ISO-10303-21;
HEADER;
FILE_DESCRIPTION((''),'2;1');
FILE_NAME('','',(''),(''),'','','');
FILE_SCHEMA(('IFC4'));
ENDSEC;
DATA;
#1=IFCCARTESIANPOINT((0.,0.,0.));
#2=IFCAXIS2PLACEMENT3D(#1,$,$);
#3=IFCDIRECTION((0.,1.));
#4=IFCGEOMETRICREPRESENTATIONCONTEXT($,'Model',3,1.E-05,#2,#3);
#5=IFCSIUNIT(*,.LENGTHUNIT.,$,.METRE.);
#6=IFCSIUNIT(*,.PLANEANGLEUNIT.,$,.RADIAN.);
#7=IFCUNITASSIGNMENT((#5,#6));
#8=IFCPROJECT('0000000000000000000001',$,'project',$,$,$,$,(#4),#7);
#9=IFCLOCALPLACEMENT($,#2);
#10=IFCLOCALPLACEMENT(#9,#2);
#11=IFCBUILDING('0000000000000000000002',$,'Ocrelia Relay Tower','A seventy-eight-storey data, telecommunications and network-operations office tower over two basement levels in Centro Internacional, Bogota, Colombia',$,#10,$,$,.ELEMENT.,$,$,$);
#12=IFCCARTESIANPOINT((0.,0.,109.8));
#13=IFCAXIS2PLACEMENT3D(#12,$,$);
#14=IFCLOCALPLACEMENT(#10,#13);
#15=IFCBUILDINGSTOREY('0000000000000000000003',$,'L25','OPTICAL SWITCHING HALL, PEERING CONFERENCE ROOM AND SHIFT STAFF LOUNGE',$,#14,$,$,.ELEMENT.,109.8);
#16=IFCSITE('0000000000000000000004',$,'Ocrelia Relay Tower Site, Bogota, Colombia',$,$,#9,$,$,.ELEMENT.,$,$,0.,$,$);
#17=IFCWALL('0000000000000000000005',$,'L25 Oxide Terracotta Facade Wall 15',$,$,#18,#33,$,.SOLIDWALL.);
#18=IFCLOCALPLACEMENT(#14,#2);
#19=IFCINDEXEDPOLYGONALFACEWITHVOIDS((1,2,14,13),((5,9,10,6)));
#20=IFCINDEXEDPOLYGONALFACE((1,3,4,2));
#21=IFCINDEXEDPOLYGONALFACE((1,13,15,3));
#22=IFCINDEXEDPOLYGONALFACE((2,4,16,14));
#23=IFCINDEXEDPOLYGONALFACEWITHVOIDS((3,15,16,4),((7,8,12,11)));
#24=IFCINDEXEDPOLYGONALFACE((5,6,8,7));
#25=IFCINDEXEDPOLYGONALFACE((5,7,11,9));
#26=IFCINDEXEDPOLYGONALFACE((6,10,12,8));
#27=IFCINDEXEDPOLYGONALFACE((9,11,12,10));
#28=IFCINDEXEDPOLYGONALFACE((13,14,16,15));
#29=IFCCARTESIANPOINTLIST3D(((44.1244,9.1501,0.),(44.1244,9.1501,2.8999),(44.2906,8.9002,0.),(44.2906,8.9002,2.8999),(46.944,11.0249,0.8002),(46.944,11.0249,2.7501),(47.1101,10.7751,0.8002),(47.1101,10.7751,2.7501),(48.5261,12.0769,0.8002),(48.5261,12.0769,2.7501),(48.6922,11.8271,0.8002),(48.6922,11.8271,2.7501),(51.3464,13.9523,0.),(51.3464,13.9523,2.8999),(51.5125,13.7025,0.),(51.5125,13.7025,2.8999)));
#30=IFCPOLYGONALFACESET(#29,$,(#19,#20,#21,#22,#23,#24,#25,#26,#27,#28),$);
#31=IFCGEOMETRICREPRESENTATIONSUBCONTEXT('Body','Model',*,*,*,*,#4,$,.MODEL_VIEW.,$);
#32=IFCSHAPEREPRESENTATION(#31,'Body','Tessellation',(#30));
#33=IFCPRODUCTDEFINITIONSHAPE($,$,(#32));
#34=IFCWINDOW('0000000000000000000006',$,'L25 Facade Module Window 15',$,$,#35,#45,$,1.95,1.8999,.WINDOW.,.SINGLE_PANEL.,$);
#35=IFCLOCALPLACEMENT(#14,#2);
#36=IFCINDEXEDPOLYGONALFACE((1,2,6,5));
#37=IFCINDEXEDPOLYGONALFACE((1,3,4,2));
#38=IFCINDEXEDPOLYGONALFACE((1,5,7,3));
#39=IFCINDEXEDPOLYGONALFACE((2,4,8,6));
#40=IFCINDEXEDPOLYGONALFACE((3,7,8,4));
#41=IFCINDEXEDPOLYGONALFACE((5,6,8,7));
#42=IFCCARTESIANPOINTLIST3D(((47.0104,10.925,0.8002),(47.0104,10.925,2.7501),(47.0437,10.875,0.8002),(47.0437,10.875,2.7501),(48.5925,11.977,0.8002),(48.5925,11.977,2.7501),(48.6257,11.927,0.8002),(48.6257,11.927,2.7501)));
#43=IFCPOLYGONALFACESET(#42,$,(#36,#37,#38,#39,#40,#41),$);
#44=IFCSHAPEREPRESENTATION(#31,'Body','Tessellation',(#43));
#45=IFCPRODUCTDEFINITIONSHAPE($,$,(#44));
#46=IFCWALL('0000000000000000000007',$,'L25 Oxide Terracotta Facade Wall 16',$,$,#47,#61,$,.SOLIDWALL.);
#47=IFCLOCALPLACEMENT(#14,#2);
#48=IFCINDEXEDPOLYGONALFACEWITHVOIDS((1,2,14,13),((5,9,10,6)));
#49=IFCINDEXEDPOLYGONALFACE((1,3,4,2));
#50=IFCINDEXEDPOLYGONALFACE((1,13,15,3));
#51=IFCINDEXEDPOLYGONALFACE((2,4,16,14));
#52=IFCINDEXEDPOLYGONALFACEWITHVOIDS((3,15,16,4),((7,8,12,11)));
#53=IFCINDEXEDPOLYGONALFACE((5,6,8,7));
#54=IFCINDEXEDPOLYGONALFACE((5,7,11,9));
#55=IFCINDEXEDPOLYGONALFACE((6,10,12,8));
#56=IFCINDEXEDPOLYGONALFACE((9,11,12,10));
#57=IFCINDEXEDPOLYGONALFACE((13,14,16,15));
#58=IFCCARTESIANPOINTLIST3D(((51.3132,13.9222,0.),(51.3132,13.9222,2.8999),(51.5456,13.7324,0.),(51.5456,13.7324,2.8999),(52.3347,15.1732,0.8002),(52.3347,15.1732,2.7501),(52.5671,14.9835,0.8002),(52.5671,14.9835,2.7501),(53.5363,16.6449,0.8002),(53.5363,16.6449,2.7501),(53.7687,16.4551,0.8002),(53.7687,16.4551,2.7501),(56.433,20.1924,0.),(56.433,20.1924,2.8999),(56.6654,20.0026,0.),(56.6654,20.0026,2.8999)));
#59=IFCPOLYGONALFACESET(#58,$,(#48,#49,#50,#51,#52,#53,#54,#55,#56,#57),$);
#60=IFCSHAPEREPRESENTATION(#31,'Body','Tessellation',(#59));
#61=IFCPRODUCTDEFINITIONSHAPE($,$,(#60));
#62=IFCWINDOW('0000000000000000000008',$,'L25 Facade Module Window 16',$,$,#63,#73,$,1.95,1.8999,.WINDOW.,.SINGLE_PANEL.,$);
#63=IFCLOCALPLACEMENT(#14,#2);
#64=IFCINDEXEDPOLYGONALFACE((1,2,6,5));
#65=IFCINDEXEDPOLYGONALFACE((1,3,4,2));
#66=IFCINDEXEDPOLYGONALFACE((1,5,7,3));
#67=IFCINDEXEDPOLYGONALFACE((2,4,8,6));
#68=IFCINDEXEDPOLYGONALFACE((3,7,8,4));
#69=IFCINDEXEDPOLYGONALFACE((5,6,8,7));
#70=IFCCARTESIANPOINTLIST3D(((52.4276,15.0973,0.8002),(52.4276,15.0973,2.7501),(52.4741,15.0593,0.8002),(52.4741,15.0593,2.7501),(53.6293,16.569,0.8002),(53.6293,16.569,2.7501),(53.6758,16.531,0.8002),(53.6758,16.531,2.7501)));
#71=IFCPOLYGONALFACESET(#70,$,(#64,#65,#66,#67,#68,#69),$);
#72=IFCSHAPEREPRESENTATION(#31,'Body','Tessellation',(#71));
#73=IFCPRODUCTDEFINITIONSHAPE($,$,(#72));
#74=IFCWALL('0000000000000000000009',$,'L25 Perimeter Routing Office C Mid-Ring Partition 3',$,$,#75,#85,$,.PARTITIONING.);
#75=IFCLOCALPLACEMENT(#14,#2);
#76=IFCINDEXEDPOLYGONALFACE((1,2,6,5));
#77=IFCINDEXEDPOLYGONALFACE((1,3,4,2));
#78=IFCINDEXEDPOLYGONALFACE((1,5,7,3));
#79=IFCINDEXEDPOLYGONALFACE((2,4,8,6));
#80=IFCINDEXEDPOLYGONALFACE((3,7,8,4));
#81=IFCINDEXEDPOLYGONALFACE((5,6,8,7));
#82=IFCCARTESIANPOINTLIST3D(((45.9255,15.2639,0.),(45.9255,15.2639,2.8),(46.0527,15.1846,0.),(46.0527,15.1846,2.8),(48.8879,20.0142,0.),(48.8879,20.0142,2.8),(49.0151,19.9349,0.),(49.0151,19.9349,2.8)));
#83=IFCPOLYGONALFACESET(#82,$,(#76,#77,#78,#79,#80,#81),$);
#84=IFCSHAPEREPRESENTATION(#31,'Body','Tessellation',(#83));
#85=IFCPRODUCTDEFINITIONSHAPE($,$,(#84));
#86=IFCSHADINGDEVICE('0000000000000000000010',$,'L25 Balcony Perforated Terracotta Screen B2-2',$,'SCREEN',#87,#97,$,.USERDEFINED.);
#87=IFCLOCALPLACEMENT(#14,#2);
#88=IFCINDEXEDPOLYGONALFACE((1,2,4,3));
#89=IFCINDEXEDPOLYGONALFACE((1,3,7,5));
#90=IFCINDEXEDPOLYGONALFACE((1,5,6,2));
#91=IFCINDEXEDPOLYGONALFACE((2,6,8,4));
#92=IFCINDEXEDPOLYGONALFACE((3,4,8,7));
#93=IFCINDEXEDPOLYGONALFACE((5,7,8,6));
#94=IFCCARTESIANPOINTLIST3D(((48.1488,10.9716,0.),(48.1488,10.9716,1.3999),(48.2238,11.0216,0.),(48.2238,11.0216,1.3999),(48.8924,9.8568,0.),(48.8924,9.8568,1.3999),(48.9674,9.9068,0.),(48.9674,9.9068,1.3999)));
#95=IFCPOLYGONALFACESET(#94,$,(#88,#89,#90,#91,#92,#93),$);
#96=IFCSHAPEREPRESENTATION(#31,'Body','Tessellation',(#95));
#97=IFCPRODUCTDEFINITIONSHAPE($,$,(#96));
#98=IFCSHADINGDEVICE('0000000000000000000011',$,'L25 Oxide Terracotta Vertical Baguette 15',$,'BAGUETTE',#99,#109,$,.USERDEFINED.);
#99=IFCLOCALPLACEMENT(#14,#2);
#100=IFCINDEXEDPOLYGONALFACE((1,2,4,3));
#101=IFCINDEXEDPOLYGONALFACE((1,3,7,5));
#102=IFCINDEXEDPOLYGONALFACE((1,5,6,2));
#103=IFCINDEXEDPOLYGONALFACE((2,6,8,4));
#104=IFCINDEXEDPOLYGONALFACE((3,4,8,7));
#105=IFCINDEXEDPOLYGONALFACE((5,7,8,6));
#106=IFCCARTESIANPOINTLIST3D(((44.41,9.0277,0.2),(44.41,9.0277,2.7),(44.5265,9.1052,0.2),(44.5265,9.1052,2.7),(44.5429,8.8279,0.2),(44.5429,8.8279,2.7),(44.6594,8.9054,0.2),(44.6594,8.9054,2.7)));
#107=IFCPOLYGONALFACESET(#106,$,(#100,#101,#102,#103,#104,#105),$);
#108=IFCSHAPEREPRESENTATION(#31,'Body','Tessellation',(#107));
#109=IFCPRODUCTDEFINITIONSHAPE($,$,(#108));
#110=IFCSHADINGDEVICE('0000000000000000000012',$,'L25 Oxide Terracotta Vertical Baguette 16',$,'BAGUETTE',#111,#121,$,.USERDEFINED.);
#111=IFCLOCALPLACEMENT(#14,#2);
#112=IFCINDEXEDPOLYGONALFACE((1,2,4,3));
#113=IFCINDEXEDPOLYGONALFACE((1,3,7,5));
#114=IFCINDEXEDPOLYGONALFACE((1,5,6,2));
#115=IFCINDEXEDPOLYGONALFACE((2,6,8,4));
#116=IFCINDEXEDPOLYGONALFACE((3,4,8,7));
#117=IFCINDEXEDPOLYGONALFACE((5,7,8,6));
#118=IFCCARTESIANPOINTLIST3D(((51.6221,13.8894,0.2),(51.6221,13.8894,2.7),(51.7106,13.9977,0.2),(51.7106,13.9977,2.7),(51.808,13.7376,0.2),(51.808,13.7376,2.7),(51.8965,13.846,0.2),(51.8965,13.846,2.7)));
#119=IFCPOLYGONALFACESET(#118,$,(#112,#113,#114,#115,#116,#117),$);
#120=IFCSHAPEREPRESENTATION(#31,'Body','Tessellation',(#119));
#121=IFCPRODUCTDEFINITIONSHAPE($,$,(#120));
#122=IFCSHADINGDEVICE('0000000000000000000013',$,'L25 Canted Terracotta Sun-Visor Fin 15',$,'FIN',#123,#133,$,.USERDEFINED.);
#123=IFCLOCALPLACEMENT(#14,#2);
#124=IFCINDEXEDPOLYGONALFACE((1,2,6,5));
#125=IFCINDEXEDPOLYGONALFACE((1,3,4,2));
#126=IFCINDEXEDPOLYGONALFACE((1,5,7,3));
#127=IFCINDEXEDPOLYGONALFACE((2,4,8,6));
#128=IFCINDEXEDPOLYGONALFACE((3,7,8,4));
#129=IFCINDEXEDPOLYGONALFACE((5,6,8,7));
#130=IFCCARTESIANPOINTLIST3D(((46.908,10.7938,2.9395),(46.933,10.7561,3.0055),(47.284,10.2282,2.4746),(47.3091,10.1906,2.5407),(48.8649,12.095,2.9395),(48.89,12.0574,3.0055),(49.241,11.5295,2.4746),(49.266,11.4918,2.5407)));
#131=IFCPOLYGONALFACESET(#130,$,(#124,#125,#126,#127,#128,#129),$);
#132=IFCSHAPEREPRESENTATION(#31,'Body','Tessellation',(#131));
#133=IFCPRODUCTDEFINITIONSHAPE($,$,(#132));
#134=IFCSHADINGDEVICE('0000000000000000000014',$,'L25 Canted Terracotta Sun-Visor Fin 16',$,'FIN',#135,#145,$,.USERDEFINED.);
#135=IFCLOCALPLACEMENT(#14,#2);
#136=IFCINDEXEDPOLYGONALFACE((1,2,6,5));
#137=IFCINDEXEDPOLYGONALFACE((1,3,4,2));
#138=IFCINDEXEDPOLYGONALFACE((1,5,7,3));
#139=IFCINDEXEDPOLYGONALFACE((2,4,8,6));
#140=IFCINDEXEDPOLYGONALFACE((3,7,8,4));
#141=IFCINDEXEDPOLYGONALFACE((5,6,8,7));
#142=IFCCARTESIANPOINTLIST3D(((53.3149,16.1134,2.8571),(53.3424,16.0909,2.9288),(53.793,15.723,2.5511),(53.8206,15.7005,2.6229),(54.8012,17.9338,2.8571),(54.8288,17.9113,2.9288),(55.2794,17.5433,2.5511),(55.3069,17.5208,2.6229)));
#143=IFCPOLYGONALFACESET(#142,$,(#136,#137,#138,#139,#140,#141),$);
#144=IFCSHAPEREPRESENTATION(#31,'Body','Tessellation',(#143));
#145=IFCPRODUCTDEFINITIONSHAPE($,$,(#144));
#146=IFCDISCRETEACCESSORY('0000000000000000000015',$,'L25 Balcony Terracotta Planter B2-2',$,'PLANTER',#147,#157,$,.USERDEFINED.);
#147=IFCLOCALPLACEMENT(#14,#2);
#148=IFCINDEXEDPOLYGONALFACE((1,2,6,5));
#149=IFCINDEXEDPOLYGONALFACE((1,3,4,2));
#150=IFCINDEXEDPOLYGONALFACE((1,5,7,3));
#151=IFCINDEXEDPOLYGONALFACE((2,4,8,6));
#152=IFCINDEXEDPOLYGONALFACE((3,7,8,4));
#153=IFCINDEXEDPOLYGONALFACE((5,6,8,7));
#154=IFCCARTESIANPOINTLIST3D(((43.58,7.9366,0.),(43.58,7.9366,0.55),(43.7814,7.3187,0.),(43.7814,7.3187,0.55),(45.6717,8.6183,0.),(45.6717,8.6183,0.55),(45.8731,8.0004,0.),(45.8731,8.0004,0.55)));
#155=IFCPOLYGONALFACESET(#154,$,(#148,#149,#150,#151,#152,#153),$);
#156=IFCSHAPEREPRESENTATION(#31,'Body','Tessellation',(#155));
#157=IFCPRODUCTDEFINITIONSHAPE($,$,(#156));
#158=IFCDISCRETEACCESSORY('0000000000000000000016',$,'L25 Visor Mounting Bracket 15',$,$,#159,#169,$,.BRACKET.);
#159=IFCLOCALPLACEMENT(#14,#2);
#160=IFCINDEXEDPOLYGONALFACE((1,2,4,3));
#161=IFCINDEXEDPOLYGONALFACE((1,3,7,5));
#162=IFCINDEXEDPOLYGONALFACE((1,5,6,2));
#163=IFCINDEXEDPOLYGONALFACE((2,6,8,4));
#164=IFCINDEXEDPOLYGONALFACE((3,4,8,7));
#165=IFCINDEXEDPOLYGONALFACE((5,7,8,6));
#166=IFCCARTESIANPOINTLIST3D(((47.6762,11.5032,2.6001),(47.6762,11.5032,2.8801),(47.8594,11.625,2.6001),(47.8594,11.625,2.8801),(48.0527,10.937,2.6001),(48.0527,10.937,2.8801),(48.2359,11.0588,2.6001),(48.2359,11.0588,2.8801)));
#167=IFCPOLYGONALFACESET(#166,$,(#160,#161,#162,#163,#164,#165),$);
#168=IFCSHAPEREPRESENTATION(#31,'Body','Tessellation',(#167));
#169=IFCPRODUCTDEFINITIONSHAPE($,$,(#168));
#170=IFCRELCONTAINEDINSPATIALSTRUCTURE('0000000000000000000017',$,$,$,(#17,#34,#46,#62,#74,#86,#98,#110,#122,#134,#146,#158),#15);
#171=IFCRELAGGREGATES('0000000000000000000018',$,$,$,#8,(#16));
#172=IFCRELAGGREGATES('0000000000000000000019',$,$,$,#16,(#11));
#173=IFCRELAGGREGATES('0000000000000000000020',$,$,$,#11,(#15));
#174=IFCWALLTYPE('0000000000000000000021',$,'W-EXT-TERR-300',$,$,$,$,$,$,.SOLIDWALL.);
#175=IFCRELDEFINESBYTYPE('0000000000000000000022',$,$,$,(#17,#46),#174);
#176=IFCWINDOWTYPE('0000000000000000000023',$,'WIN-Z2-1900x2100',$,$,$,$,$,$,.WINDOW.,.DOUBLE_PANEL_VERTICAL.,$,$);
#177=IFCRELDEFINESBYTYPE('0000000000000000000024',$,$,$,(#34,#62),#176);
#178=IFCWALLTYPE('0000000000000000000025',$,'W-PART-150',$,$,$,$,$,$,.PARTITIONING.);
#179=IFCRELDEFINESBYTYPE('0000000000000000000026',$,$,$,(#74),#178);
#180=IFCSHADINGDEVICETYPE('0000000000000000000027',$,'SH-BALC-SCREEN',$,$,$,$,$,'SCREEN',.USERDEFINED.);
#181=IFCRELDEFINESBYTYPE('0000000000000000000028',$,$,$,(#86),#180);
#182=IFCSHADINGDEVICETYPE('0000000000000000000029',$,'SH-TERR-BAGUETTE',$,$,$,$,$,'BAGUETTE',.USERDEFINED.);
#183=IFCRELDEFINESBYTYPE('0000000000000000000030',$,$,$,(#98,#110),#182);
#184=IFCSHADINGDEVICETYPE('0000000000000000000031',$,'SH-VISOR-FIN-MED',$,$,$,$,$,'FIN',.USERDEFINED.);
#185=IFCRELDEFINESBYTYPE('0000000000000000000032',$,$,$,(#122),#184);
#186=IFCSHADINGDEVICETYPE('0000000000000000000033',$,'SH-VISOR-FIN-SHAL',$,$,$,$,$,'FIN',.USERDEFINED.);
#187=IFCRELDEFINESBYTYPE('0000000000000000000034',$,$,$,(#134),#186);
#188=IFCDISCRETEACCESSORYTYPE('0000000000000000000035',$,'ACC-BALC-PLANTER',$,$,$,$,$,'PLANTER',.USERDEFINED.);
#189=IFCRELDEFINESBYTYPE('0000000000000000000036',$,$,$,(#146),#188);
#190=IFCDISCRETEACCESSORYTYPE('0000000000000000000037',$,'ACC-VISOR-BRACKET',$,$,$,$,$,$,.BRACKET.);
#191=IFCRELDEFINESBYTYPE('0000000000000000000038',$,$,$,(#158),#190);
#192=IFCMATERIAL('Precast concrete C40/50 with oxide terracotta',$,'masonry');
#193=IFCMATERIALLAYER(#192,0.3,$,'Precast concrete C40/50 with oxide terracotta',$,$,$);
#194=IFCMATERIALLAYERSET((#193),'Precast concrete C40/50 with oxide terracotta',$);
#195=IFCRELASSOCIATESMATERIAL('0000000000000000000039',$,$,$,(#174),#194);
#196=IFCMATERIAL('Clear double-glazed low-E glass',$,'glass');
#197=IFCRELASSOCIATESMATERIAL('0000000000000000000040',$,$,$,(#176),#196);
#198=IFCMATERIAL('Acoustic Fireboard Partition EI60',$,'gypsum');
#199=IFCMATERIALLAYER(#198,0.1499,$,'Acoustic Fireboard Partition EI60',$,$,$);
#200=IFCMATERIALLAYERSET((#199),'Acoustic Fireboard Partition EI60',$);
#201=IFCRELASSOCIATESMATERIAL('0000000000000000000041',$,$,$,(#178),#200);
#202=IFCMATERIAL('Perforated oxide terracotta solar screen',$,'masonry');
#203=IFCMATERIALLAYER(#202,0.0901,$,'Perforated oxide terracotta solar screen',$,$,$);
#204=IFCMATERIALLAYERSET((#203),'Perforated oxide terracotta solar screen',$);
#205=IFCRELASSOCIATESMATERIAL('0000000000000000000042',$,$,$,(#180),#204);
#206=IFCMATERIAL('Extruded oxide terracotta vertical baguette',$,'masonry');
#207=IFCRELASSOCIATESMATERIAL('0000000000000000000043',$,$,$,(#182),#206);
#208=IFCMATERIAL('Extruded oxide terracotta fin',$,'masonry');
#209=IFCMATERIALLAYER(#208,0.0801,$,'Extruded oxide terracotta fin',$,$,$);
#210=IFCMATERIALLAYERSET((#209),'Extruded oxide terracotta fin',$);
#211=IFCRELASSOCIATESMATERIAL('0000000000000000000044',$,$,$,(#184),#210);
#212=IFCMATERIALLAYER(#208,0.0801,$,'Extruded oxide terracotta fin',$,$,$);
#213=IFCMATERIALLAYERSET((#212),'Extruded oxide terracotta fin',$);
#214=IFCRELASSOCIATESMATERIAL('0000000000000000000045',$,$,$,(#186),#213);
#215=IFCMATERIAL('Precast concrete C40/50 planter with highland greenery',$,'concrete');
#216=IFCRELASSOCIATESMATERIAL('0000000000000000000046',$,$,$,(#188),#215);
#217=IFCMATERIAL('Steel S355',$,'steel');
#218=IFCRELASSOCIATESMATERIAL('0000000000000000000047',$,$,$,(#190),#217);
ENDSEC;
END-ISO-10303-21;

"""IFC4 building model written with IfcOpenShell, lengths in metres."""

from ifc_helpers import new_model, si_unit, direction, frame, frame_2d, origin, origin_2d, place, context, subcontext, project, spatial, rectangle, extrude, material, layer, layer_set, type_object, element, fill, save


model = new_model("IFC4")

# Units and contexts
model_context = context("Model", 3, precision=1e-05, world=origin(), true_north=direction((0.0, 1.0)))
body_context = subcontext(model_context, "Body", "Model", "MODEL_VIEW")
ifc_project = project(units=[si_unit("LENGTHUNIT", "METRE"), si_unit("PLANEANGLEUNIT", "RADIAN")], contexts=[model_context])

# Site, building, storey
site_placement = place(None, origin())
site = spatial("IfcSite", under=ifc_project, at=site_placement, Name="Ocrelia Relay Tower Site, Bogota, Colombia", CompositionType="ELEMENT", RefElevation=0.0)
building_placement = place(site_placement, origin())
building = spatial("IfcBuilding", under=site, at=building_placement, Name="Ocrelia Relay Tower", Description="A seventy-eight-storey data, telecommunications and network-operations office tower over two basement levels in Centro Internacional, Bogota, Colombia", CompositionType="ELEMENT")
storey_placement = place(building_placement, frame((0.0, 0.0, 109.8)))
storey = spatial("IfcBuildingStorey", under=building, at=storey_placement, Name="L25", Description="OPTICAL SWITCHING HALL, PEERING CONFERENCE ROOM AND SHIFT STAFF LOUNGE", CompositionType="ELEMENT", Elevation=109.8)

# Shared definitions
ifc_material_1 = material(Name="Steel S355", Category="steel")

# Walls, openings, windows
ifc_material_2 = material(Name="Precast concrete C40/50 with oxide terracotta", Category="masonry")
ifc_layer_1 = layer(ifc_material_2, 0.3, Name="Precast concrete C40/50 with oxide terracotta")
ifc_layer_set_1 = layer_set([ifc_layer_1], Name="Precast concrete C40/50 with oxide terracotta")
wall_type_1 = type_object("IfcWallType", Name="W-EXT-TERR-300", PredefinedType="SOLIDWALL", material=ifc_layer_set_1)
wall_1_placement = place(storey_placement, frame((44.2075, 9.0251, 0.0), z_axis=(0.0, 0.0, 1.0), x_axis=(0.832708, 0.553712, 0.0)))
wall_1 = element("IfcWall", 1, at=wall_1_placement, inside=storey, type_object=wall_type_1, Name="L25 Oxide Terracotta Facade Wall 15", PredefinedType="SOLIDWALL", context=body_context, shape_type="SweptSolid", body=[
    extrude(rectangle(XDim=8.6729, YDim=0.3, at=frame_2d((4.3364, 0.0))), origin(), (0.0, 0.0, 1.0), 2.8999),
])
opening_1_placement = place(wall_1_placement, frame((3.386, 0.0, 0.8)))
opening_1 = element("IfcOpeningElement", 2, at=opening_1_placement, cuts=wall_1, PredefinedType="OPENING", context=body_context, shape_type="SweptSolid", body=[
    extrude(rectangle(XDim=1.8999, YDim=1.95, at=frame_2d((0.95, 0.9751))), frame((0.0, 0.1602, 0.0), z_axis=(0.0, -1.0, 0.0), x_axis=(1.0, 0.0, 0.0)), (0.0, 0.0, 1.0), 0.3201),
])
ifc_material_3 = material(Name="Clear double-glazed low-E glass", Category="glass")
window_type = type_object("IfcWindowType", Name="WIN-Z2-1900x2100", PartitioningType="DOUBLE_PANEL_VERTICAL", PredefinedType="WINDOW", material=ifc_material_3)
window_1_placement = place(opening_1_placement, origin())
window_1 = element("IfcWindow", 3, at=window_1_placement, inside=storey, type_object=window_type, Name="L25 Facade Module Window 15", OverallHeight=1.95, OverallWidth=1.8999, PartitioningType="SINGLE_PANEL", PredefinedType="WINDOW", context=body_context, shape_type="SweptSolid", body=[
    extrude(rectangle(XDim=1.8999, YDim=1.95, at=frame_2d((0.95, 0.9751))), frame((0.0, 0.03, 0.0), z_axis=(0.0, -1.0, 0.0), x_axis=(1.0, 0.0, 0.0)), (0.0, 0.0, 1.0), 0.0601),
])
fill(opening_1, window_1)
wall_2_placement = place(storey_placement, frame((51.4294, 13.8274, 0.0), z_axis=(0.0, 0.0, 1.0), x_axis=(0.632472, 0.774583, 0.0)))
wall_2 = element("IfcWall", 4, at=wall_2_placement, inside=storey, type_object=wall_type_1, Name="L25 Oxide Terracotta Facade Wall 16", PredefinedType="SOLIDWALL", context=body_context, shape_type="SweptSolid", body=[
    extrude(rectangle(XDim=8.095, YDim=0.3, at=frame_2d((4.0474, 0.0))), origin(), (0.0, 0.0, 1.0), 2.8999),
])
opening_2_placement = place(wall_2_placement, frame((1.615, 0.0, 0.8)))
opening_2 = element("IfcOpeningElement", 5, at=opening_2_placement, cuts=wall_2, PredefinedType="OPENING", context=body_context, shape_type="SweptSolid", body=[
    extrude(rectangle(XDim=1.8999, YDim=1.95, at=frame_2d((0.95, 0.9751))), frame((0.0, 0.1602, 0.0), z_axis=(0.0, -1.0, 0.0), x_axis=(1.0, 0.0, 0.0)), (0.0, 0.0, 1.0), 0.3201),
])
window_2_placement = place(opening_2_placement, origin())
window_2 = element("IfcWindow", 6, at=window_2_placement, inside=storey, type_object=window_type, Name="L25 Facade Module Window 16", OverallHeight=1.95, OverallWidth=1.8999, PartitioningType="SINGLE_PANEL", PredefinedType="WINDOW", context=body_context, shape_type="SweptSolid", body=[
    extrude(rectangle(XDim=1.8999, YDim=1.95, at=frame_2d((0.95, 0.9751))), frame((0.0, 0.03, 0.0), z_axis=(0.0, -1.0, 0.0), x_axis=(1.0, 0.0, 0.0)), (0.0, 0.0, 1.0), 0.0601),
])
fill(opening_2, window_2)

# Wall
ifc_material_4 = material(Name="Acoustic Fireboard Partition EI60", Category="gypsum")
ifc_layer_2 = layer(ifc_material_4, 0.1499, Name="Acoustic Fireboard Partition EI60")
ifc_layer_set_2 = layer_set([ifc_layer_2], Name="Acoustic Fireboard Partition EI60")
wall_type_2 = type_object("IfcWallType", Name="W-PART-150", PredefinedType="PARTITIONING", material=ifc_layer_set_2)
wall_3_placement = place(storey_placement, frame((45.989, 15.2241, 0.0), z_axis=(0.0, 0.0, 1.0), x_axis=(0.529164, 0.84852, 0.0)))
element("IfcWall", 7, at=wall_3_placement, inside=storey, type_object=wall_type_2, Name="L25 Perimeter Routing Office C Mid-Ring Partition 3", PredefinedType="PARTITIONING", context=body_context, shape_type="SweptSolid", body=[
    extrude(rectangle(XDim=5.5984, YDim=0.1499, at=frame_2d((2.7993, 0.0))), origin(), (0.0, 0.0, 1.0), 2.8),
])

# Shading devices
ifc_material_5 = material(Name="Perforated oxide terracotta solar screen", Category="masonry")
ifc_layer_3 = layer(ifc_material_5, 0.0901, Name="Perforated oxide terracotta solar screen")
ifc_layer_set_3 = layer_set([ifc_layer_3], Name="Perforated oxide terracotta solar screen")
shading_device_type_1 = type_object("IfcShadingDeviceType", Name="SH-BALC-SCREEN", ElementType="SCREEN", PredefinedType="USERDEFINED", material=ifc_layer_set_3)
shading_device_1_placement = place(storey_placement, frame((48.5581, 10.4392, 0.0), z_axis=(0.0, 0.0, 1.0), x_axis=(0.554899, -0.831918, 0.0)))
element("IfcShadingDevice", 8, at=shading_device_1_placement, inside=storey, type_object=shading_device_type_1, Name="L25 Balcony Perforated Terracotta Screen B2-2", ObjectType="SCREEN", PredefinedType="USERDEFINED", context=body_context, shape_type="SweptSolid", body=[
    extrude(rectangle(XDim=1.3401, YDim=0.0901, at=origin_2d()), origin(), (0.0, 0.0, 1.0), 1.3999),
])
ifc_material_6 = material(Name="Extruded oxide terracotta vertical baguette", Category="masonry")
shading_device_type_2 = type_object("IfcShadingDeviceType", Name="SH-TERR-BAGUETTE", ElementType="BAGUETTE", PredefinedType="USERDEFINED", material=ifc_material_6)
for number, where, z_axis, x_axis, name in (
    (9, (44.5347, 8.9666, 0.2), (0.0, 0.0, 1.0), (0.832713, 0.553705, 0.0), "L25 Oxide Terracotta Vertical Baguette 15"),
    (10, (51.7593, 13.8677, 0.2), (0.0, 0.0, 1.0), (0.632466, 0.774588, 0.0), "L25 Oxide Terracotta Vertical Baguette 16"),
):
    element("IfcShadingDevice", number, at=place(storey_placement, frame(where, z_axis=z_axis, x_axis=x_axis)), inside=storey, type_object=shading_device_type_2, Name=name, ObjectType="BAGUETTE", PredefinedType="USERDEFINED", context=body_context, shape_type="SweptSolid", body=[
        extrude(rectangle(XDim=0.1399, YDim=0.24, at=origin_2d()), origin(), (0.0, 0.0, 1.0), 2.5),
    ])
ifc_material_7 = material(Name="Extruded oxide terracotta fin", Category="masonry")
ifc_layer_4 = layer(ifc_material_7, 0.0801, Name="Extruded oxide terracotta fin")
ifc_layer_set_4 = layer_set([ifc_layer_4], Name="Extruded oxide terracotta fin")
shading_device_type_3 = type_object("IfcShadingDeviceType", Name="SH-VISOR-FIN-MED", ElementType="FIN", PredefinedType="USERDEFINED", material=ifc_layer_set_4)
shading_device_2_placement = place(storey_placement, frame((48.0745, 11.1616, 2.707), z_axis=(0.312745, -0.470336, 0.825212), x_axis=(0.832713, 0.553705, 0.0)))
element("IfcShadingDevice", 11, at=shading_device_2_placement, inside=storey, type_object=shading_device_type_3, Name="L25 Canted Terracotta Sun-Visor Fin 15", ObjectType="FIN", PredefinedType="USERDEFINED", context=body_context, shape_type="SweptSolid", body=[
    extrude(rectangle(XDim=2.3501, YDim=0.823, at=origin_2d()), origin(), (0.0, 0.0, 1.0), 0.0801),
])
ifc_layer_5 = layer(ifc_material_7, 0.0801, Name="Extruded oxide terracotta fin")
ifc_layer_set_5 = layer_set([ifc_layer_5], Name="Extruded oxide terracotta fin")
shading_device_type_4 = type_object("IfcShadingDeviceType", Name="SH-VISOR-FIN-SHAL", ElementType="FIN", PredefinedType="USERDEFINED", material=ifc_layer_set_5)
shading_device_3_placement = place(storey_placement, frame((54.2971, 16.8284, 2.7041), z_axis=(0.343925, -0.280821, 0.896022), x_axis=(0.632466, 0.774588, 0.0)))
element("IfcShadingDevice", 12, at=shading_device_3_placement, inside=storey, type_object=shading_device_type_4, Name="L25 Canted Terracotta Sun-Visor Fin 16", ObjectType="FIN", PredefinedType="USERDEFINED", context=body_context, shape_type="SweptSolid", body=[
    extrude(rectangle(XDim=2.3501, YDim=0.689, at=origin_2d()), origin(), (0.0, 0.0, 1.0), 0.0801),
])

# Discrete accessories
ifc_material_8 = material(Name="Precast concrete C40/50 planter with highland greenery", Category="concrete")
discrete_accessory_type_1 = type_object("IfcDiscreteAccessoryType", Name="ACC-BALC-PLANTER", ElementType="PLANTER", PredefinedType="USERDEFINED", material=ifc_material_8)
discrete_accessory_1_placement = place(storey_placement, frame((44.7266, 7.9685, 0.0), z_axis=(0.0, 0.0, 1.0), x_axis=(-0.950784, -0.309853, 0.0)))
element("IfcDiscreteAccessory", 13, at=discrete_accessory_1_placement, inside=storey, type_object=discrete_accessory_type_1, Name="L25 Balcony Terracotta Planter B2-2", ObjectType="PLANTER", PredefinedType="USERDEFINED", context=body_context, shape_type="SweptSolid", body=[
    extrude(rectangle(XDim=2.2, YDim=0.6499, at=origin_2d()), origin(), (0.0, 0.0, 1.0), 0.55),
])
discrete_accessory_type_2 = type_object("IfcDiscreteAccessoryType", Name="ACC-VISOR-BRACKET", PredefinedType="BRACKET", material=ifc_material_1)
discrete_accessory_2_placement = place(storey_placement, frame((47.9561, 11.281, 2.6001), z_axis=(0.0, 0.0, 1.0), x_axis=(0.832713, 0.553705, 0.0)))
element("IfcDiscreteAccessory", 14, at=discrete_accessory_2_placement, inside=storey, type_object=discrete_accessory_type_2, Name="L25 Visor Mounting Bracket 15", PredefinedType="BRACKET", context=body_context, shape_type="SweptSolid", body=[
    extrude(rectangle(XDim=0.22, YDim=0.6799, at=origin_2d()), origin(), (0.0, 0.0, 1.0), 0.28),
])

save(model, "model.ifc")
